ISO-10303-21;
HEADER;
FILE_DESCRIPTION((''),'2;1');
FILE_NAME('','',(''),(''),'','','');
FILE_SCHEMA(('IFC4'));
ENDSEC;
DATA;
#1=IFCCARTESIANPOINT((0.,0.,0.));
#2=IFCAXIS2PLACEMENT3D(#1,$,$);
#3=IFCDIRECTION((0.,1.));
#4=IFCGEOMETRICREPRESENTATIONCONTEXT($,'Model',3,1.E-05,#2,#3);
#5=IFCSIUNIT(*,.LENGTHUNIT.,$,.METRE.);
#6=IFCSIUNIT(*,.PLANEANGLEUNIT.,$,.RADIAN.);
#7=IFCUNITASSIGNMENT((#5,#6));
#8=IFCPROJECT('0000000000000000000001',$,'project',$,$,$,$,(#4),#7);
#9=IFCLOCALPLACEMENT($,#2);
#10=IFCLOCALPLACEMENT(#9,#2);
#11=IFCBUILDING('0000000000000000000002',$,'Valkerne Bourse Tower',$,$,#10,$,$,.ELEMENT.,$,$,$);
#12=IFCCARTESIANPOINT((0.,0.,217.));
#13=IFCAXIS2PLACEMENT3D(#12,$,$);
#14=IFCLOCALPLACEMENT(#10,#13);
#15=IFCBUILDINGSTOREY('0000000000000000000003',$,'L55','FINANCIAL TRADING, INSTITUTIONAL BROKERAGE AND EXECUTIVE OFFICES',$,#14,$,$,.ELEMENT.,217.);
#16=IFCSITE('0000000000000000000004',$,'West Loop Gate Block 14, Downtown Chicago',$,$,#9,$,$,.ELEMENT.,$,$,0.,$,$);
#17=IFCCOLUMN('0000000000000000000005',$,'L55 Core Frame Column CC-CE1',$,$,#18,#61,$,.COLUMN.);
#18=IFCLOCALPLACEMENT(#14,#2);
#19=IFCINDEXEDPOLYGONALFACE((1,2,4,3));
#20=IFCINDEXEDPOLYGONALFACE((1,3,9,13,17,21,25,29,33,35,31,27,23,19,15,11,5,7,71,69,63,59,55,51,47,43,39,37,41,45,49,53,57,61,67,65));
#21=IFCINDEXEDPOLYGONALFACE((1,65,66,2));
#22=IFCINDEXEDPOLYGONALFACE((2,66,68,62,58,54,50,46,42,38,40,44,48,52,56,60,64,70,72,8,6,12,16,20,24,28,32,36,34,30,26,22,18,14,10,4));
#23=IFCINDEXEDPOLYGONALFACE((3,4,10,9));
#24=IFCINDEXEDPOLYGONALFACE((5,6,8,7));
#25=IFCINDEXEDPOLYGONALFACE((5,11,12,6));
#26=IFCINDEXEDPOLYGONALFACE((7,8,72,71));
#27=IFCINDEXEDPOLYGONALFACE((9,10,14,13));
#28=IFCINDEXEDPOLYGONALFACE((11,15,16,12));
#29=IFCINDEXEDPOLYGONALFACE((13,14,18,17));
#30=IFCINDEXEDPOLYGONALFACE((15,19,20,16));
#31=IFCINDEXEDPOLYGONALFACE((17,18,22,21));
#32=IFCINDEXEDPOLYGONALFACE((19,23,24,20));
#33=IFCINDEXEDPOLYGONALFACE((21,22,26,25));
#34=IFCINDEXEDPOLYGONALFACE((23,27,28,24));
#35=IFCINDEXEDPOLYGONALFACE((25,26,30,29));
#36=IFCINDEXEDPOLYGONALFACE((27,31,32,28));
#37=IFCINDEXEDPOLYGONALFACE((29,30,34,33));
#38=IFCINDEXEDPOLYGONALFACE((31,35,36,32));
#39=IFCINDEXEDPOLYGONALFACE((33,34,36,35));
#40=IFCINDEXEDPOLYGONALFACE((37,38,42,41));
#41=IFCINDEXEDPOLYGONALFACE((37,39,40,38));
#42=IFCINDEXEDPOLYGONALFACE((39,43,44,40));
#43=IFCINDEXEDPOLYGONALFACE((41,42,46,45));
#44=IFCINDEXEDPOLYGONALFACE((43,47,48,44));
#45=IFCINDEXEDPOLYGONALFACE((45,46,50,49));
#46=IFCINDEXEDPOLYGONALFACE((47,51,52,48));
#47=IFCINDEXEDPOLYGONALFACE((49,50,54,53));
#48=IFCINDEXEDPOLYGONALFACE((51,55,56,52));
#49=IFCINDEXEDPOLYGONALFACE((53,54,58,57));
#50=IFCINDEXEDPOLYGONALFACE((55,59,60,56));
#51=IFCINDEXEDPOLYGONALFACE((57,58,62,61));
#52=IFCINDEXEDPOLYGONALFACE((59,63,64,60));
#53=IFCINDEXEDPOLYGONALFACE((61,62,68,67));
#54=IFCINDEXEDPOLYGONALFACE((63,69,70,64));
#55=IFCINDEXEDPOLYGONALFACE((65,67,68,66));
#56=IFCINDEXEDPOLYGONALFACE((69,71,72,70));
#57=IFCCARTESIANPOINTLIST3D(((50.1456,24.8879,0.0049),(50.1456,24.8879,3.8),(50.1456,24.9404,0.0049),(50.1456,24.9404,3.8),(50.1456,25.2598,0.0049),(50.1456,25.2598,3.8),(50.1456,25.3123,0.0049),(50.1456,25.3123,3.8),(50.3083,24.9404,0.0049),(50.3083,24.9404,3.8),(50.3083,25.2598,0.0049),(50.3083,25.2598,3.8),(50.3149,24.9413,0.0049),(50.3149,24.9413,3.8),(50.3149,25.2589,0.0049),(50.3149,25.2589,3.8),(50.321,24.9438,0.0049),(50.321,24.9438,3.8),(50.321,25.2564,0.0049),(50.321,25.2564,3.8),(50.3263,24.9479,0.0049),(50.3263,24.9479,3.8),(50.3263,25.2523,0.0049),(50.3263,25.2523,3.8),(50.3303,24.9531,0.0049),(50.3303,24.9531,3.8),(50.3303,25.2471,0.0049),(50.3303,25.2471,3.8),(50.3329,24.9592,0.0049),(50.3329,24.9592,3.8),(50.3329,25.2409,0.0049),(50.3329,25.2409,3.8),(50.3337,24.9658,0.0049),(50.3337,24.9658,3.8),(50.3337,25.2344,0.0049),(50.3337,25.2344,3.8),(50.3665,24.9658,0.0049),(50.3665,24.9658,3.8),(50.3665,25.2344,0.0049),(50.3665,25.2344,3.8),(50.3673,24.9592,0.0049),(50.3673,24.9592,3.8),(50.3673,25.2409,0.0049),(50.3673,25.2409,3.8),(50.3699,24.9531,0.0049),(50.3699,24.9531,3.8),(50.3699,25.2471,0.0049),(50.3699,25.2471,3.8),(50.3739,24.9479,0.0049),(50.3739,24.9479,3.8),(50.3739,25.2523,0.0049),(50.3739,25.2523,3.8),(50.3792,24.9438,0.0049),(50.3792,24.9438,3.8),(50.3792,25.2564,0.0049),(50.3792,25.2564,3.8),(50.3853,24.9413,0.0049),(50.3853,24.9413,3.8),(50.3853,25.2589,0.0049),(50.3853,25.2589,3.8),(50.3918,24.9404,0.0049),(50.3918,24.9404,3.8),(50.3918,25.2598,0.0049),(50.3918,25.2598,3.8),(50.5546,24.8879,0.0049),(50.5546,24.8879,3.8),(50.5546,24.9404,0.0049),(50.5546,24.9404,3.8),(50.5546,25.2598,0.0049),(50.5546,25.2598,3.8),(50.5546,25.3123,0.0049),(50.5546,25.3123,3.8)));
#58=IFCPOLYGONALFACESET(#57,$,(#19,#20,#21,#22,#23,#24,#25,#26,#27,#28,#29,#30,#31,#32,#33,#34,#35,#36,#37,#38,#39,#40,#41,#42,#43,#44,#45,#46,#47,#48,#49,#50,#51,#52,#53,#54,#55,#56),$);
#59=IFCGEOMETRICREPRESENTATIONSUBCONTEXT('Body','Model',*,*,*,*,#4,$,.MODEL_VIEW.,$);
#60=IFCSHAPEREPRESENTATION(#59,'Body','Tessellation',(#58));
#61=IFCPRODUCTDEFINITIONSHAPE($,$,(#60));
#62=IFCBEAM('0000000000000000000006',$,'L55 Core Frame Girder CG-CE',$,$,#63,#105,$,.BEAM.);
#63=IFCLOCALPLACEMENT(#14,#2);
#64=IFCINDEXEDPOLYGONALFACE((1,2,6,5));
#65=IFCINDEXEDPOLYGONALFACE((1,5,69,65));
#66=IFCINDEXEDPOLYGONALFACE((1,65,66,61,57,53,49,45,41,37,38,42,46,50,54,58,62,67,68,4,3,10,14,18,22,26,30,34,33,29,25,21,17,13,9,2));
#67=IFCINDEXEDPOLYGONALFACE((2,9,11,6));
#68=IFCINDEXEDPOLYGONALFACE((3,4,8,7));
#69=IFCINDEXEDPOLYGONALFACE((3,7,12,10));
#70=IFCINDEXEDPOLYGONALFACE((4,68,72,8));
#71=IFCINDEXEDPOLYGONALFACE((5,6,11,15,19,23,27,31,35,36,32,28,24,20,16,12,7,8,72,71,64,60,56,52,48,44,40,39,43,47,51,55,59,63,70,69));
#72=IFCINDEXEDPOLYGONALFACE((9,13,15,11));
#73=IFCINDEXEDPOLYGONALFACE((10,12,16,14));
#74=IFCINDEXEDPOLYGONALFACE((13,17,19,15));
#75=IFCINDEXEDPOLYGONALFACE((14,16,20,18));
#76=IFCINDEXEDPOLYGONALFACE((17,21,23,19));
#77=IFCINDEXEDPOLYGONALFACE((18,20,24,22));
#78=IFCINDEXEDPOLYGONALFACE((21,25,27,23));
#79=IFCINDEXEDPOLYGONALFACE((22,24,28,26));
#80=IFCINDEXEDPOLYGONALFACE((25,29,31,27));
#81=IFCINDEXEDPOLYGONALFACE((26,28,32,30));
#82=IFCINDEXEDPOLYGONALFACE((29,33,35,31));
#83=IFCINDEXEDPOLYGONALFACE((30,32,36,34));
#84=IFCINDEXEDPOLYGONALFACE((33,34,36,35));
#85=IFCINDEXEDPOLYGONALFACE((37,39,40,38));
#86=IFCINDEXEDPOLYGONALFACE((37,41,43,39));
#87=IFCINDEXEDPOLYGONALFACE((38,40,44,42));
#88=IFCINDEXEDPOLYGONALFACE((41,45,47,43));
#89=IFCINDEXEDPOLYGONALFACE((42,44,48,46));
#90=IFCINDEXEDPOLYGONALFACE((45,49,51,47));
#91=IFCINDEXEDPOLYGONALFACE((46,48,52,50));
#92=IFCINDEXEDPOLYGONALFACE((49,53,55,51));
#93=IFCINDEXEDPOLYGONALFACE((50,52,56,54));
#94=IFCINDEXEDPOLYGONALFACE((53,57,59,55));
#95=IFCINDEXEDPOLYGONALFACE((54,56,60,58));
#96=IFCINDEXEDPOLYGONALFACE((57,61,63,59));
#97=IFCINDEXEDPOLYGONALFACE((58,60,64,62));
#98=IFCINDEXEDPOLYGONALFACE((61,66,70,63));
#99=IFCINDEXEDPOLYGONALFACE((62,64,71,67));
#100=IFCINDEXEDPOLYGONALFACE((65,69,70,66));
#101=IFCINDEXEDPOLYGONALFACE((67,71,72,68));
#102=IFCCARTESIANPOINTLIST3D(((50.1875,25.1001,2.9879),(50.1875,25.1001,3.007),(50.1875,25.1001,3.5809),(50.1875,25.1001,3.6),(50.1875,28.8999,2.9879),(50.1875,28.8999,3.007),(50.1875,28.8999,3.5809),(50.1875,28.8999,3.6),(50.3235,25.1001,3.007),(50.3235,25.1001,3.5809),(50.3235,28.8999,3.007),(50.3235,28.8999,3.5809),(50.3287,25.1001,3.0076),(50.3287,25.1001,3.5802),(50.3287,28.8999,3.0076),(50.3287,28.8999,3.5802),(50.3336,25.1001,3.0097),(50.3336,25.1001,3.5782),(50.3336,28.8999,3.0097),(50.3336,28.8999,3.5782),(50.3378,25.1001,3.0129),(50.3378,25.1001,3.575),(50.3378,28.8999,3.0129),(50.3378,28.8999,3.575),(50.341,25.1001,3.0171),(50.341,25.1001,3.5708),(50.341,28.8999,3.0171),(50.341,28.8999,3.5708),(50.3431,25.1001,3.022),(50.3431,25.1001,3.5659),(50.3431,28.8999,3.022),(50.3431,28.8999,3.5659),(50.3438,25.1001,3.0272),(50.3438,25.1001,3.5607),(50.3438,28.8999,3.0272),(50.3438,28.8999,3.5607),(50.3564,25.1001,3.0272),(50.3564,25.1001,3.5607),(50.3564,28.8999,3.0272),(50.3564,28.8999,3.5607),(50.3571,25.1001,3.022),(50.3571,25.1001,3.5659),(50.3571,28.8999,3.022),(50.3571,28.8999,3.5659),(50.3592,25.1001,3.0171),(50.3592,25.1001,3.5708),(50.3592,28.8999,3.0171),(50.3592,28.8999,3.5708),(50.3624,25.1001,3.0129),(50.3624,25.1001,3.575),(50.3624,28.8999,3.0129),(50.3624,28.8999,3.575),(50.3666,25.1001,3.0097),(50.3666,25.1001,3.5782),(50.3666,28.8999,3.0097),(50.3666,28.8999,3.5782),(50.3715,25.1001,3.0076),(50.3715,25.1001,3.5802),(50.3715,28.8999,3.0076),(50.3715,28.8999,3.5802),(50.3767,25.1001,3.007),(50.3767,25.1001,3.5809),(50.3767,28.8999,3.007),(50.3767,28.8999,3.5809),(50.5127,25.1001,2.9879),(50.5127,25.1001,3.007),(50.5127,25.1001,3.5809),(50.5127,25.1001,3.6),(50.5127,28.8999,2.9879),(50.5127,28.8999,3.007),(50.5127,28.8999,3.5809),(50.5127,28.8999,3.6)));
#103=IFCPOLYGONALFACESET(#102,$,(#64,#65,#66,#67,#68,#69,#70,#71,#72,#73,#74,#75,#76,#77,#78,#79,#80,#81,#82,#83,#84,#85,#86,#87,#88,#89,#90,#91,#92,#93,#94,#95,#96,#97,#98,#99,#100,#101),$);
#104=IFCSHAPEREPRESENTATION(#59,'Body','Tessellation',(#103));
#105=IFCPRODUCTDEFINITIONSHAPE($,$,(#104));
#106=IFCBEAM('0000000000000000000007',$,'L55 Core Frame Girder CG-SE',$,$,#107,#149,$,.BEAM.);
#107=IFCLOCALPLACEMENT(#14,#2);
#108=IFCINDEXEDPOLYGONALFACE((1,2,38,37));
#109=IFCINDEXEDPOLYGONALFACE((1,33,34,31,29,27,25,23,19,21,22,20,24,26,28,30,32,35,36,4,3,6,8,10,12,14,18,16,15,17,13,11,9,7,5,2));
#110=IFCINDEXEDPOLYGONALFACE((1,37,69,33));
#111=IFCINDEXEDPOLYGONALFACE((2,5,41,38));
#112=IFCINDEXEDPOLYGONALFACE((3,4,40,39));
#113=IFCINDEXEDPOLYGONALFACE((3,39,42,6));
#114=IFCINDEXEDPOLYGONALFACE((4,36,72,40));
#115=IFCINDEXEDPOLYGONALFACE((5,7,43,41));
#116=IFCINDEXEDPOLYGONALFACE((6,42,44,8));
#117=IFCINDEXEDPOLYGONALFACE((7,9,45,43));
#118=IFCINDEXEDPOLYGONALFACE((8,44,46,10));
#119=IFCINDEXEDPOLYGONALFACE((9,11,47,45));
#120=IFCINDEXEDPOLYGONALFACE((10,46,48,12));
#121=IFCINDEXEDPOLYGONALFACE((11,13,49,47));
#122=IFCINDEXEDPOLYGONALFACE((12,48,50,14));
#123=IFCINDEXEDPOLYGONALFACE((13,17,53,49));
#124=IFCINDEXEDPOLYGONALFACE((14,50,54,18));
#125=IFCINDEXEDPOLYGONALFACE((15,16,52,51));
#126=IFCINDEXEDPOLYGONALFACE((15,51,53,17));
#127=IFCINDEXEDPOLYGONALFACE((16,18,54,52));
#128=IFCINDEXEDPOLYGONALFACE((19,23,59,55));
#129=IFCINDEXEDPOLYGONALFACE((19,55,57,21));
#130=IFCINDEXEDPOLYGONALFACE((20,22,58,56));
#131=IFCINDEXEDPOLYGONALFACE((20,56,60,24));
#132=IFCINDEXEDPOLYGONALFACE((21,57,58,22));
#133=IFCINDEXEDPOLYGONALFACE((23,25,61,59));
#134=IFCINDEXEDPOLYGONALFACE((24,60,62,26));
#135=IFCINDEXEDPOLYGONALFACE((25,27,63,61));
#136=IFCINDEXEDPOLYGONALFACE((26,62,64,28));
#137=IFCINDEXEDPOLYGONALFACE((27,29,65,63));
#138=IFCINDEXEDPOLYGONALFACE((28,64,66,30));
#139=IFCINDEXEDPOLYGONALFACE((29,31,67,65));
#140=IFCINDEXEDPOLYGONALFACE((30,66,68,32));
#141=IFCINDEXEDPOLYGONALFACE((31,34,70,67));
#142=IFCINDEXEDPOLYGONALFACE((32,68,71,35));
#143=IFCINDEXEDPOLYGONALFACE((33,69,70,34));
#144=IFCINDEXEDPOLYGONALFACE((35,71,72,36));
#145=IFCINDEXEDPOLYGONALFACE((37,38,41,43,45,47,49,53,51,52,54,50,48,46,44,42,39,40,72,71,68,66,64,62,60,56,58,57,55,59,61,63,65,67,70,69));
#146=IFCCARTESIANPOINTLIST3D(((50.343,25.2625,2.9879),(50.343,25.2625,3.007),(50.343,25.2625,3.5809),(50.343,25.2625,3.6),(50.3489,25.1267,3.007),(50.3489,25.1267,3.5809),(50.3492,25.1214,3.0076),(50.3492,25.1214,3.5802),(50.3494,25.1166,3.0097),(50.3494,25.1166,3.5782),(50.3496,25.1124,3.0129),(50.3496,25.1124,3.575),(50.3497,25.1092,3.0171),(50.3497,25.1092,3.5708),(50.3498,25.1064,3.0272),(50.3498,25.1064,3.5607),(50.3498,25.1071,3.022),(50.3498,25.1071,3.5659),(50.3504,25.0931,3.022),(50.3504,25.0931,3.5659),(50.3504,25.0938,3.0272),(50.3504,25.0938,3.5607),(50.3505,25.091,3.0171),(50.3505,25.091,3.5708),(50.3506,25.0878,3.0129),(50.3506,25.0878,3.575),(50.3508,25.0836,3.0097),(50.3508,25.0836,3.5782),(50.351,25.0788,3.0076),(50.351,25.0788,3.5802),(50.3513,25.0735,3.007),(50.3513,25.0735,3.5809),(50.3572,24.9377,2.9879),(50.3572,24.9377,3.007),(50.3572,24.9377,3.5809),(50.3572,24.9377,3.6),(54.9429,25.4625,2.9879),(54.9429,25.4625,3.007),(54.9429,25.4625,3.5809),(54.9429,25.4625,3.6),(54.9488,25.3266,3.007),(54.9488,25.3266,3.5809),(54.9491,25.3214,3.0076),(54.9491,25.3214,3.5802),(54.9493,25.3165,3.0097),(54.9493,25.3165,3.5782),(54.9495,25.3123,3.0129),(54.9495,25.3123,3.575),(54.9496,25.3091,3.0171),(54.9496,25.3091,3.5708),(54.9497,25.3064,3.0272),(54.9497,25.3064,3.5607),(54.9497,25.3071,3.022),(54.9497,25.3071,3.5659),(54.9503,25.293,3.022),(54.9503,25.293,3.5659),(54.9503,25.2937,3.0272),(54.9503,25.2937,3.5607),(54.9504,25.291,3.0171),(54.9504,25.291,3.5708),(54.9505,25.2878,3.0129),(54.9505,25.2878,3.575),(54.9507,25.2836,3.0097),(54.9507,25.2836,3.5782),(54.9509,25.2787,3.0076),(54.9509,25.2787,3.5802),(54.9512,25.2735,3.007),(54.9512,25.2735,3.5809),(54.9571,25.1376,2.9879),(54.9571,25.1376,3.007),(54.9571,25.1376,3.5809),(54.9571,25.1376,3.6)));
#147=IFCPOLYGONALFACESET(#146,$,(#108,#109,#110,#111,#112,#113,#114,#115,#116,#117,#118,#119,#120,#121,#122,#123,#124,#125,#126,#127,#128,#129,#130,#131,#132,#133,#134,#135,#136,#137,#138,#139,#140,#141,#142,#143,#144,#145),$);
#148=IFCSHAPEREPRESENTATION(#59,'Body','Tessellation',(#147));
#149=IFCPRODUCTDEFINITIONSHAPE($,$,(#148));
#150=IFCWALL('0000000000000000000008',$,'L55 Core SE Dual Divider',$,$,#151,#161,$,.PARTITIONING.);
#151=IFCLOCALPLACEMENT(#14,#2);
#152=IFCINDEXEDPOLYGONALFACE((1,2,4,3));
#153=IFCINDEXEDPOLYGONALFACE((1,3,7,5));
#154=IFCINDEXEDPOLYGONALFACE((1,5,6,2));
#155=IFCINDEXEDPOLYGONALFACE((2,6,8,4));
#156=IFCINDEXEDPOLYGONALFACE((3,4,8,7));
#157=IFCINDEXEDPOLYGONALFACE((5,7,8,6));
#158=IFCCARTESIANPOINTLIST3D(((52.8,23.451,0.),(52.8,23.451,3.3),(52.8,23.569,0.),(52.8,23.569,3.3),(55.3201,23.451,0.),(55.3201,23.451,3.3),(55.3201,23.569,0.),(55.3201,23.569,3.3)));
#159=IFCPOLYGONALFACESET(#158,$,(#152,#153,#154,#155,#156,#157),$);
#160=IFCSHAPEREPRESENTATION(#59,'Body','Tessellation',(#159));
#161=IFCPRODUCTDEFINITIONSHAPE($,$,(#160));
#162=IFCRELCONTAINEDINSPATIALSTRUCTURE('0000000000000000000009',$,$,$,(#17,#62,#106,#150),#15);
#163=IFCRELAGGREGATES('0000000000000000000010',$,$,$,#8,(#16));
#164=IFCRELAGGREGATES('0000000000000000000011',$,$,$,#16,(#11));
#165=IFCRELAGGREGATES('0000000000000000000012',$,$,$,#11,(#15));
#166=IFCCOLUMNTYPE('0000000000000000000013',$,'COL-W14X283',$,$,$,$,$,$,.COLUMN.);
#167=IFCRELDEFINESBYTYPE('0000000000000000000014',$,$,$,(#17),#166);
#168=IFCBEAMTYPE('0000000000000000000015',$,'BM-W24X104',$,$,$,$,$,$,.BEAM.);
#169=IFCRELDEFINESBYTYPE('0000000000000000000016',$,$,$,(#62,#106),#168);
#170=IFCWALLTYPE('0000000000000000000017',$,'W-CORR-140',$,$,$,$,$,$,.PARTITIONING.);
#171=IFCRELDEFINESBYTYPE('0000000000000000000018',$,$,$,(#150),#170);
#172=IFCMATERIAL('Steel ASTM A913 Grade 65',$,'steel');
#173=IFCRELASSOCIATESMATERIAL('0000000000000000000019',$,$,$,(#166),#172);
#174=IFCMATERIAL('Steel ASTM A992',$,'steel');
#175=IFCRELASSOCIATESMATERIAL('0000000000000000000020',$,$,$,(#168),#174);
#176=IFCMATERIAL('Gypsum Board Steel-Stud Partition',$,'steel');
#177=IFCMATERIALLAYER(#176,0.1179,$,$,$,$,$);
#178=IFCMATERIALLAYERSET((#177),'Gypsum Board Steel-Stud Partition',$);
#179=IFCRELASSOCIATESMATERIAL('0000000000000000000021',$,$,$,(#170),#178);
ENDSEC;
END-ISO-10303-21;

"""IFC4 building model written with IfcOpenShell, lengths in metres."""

from ifc_helpers import new_model, si_unit, direction, frame, frame_2d, origin, origin_2d, place, context, subcontext, project, spatial, rectangle, i_section, extrude, material, layer, layer_set, material_profile, profile_set, type_object, element, save


model = new_model("IFC4")

# Units and contexts
model_context = context("Model", 3, precision=1e-05, world=origin(), true_north=direction((0.0, 1.0)))
body_context = subcontext(model_context, "Body", "Model", "MODEL_VIEW")
ifc_project = project(units=[si_unit("LENGTHUNIT", "METRE"), si_unit("PLANEANGLEUNIT", "RADIAN")], contexts=[model_context])

# Site, building, storey
site_placement = place(None, origin())
site = spatial("IfcSite", under=ifc_project, at=site_placement, Name="West Loop Gate Block 14, Downtown Chicago", CompositionType="ELEMENT", RefElevation=0.0)
building_placement = place(site_placement, origin())
building = spatial("IfcBuilding", under=site, at=building_placement, Name="Valkerne Bourse Tower", CompositionType="ELEMENT")
storey_placement = place(building_placement, frame((0.0, 0.0, 217.0)))
storey = spatial("IfcBuildingStorey", under=building, at=storey_placement, Name="L55", Description="FINANCIAL TRADING, INSTITUTIONAL BROKERAGE AND EXECUTIVE OFFICES", CompositionType="ELEMENT", Elevation=217.0)

# Column
ifc_material_1 = material(Name="Steel ASTM A913 Grade 65", Category="steel")
ifc_material_profile_1 = material_profile(ifc_material_1, i_section(OverallWidth=0.4089, OverallDepth=0.4243, WebThickness=0.0327, FlangeThickness=0.0525, FilletRadius=0.0254, at=origin_2d()), Name="W14X283")
ifc_profile_set_1 = profile_set([ifc_material_profile_1], Name="Steel ASTM A913 Grade 65")
column_type = type_object("IfcColumnType", Name="COL-W14X283", PredefinedType="COLUMN", material=ifc_profile_set_1)
column_placement = place(storey_placement, frame((50.3501, 25.1001, 0.0049), z_axis=(0.0, 0.0, 1.0), x_axis=(1.0, 0.0, 0.0)))
element("IfcColumn", 1, at=column_placement, inside=storey, type_object=column_type, Name="L55 Core Frame Column CC-CE1", PredefinedType="COLUMN", context=body_context, shape_type="SweptSolid", body=[
    extrude(i_section(OverallWidth=0.4089, OverallDepth=0.4243, WebThickness=0.0327, FlangeThickness=0.0525, FilletRadius=0.0254, at=origin_2d()), origin(), (0.0, 0.0, 1.0), 3.7952),
])

# Beams
ifc_material_2 = material(Name="Steel ASTM A992", Category="steel")
ifc_material_profile_2 = material_profile(ifc_material_2, i_section(OverallWidth=0.3252, OverallDepth=0.6121, WebThickness=0.0127, FlangeThickness=0.019, FilletRadius=0.0203, at=origin_2d()), Name="W24X104")
ifc_profile_set_2 = profile_set([ifc_material_profile_2], Name="Steel ASTM A992")
beam_type = type_object("IfcBeamType", Name="BM-W24X104", PredefinedType="BEAM", material=ifc_profile_set_2)
beam_1_placement = place(storey_placement, frame((50.3501, 25.1001, 3.2939), z_axis=(0.0, 1.0, 0.0), x_axis=(-1.0, 0.0, 0.0)))
element("IfcBeam", 2, at=beam_1_placement, inside=storey, type_object=beam_type, Name="L55 Core Frame Girder CG-CE", PredefinedType="BEAM", context=body_context, shape_type="SweptSolid", body=[
    extrude(i_section(OverallWidth=0.3252, OverallDepth=0.6121, WebThickness=0.0127, FlangeThickness=0.019, FilletRadius=0.0203, at=origin_2d()), origin(), (0.0, 0.0, 1.0), 3.7998),
])
beam_2_placement = place(storey_placement, frame((50.3501, 25.1001, 3.2939), z_axis=(0.999057, 0.043428, 0.0), x_axis=(-0.043428, 0.999057, 0.0)))
element("IfcBeam", 3, at=beam_2_placement, inside=storey, type_object=beam_type, Name="L55 Core Frame Girder CG-SE", PredefinedType="BEAM", context=body_context, shape_type="SweptSolid", body=[
    extrude(i_section(OverallWidth=0.3252, OverallDepth=0.6121, WebThickness=0.0127, FlangeThickness=0.019, FilletRadius=0.0203, at=origin_2d()), origin(), (0.0, 0.0, 1.0), 4.6042),
])

# Wall
ifc_material_3 = material(Name="Gypsum Board Steel-Stud Partition", Category="steel")
ifc_layer_1 = layer(ifc_material_3, 0.1179)
ifc_layer_set_1 = layer_set([ifc_layer_1], Name="Gypsum Board Steel-Stud Partition")
wall_type_1 = type_object("IfcWallType", Name="W-CORR-140", PredefinedType="PARTITIONING", material=ifc_layer_set_1)
wall_1_placement = place(storey_placement, frame((52.8, 23.51, 0.0), z_axis=(0.0, 0.0, 1.0), x_axis=(1.0, 0.0, 0.0)))
element("IfcWall", 4, at=wall_1_placement, inside=storey, type_object=wall_type_1, Name="L55 Core SE Dual Divider", PredefinedType="PARTITIONING", context=body_context, shape_type="SweptSolid", body=[
    extrude(rectangle(XDim=2.52, YDim=0.1179, at=frame_2d((1.26, 0.0))), origin(), (0.0, 0.0, 1.0), 3.3),
])

save(model, "model.ifc")
